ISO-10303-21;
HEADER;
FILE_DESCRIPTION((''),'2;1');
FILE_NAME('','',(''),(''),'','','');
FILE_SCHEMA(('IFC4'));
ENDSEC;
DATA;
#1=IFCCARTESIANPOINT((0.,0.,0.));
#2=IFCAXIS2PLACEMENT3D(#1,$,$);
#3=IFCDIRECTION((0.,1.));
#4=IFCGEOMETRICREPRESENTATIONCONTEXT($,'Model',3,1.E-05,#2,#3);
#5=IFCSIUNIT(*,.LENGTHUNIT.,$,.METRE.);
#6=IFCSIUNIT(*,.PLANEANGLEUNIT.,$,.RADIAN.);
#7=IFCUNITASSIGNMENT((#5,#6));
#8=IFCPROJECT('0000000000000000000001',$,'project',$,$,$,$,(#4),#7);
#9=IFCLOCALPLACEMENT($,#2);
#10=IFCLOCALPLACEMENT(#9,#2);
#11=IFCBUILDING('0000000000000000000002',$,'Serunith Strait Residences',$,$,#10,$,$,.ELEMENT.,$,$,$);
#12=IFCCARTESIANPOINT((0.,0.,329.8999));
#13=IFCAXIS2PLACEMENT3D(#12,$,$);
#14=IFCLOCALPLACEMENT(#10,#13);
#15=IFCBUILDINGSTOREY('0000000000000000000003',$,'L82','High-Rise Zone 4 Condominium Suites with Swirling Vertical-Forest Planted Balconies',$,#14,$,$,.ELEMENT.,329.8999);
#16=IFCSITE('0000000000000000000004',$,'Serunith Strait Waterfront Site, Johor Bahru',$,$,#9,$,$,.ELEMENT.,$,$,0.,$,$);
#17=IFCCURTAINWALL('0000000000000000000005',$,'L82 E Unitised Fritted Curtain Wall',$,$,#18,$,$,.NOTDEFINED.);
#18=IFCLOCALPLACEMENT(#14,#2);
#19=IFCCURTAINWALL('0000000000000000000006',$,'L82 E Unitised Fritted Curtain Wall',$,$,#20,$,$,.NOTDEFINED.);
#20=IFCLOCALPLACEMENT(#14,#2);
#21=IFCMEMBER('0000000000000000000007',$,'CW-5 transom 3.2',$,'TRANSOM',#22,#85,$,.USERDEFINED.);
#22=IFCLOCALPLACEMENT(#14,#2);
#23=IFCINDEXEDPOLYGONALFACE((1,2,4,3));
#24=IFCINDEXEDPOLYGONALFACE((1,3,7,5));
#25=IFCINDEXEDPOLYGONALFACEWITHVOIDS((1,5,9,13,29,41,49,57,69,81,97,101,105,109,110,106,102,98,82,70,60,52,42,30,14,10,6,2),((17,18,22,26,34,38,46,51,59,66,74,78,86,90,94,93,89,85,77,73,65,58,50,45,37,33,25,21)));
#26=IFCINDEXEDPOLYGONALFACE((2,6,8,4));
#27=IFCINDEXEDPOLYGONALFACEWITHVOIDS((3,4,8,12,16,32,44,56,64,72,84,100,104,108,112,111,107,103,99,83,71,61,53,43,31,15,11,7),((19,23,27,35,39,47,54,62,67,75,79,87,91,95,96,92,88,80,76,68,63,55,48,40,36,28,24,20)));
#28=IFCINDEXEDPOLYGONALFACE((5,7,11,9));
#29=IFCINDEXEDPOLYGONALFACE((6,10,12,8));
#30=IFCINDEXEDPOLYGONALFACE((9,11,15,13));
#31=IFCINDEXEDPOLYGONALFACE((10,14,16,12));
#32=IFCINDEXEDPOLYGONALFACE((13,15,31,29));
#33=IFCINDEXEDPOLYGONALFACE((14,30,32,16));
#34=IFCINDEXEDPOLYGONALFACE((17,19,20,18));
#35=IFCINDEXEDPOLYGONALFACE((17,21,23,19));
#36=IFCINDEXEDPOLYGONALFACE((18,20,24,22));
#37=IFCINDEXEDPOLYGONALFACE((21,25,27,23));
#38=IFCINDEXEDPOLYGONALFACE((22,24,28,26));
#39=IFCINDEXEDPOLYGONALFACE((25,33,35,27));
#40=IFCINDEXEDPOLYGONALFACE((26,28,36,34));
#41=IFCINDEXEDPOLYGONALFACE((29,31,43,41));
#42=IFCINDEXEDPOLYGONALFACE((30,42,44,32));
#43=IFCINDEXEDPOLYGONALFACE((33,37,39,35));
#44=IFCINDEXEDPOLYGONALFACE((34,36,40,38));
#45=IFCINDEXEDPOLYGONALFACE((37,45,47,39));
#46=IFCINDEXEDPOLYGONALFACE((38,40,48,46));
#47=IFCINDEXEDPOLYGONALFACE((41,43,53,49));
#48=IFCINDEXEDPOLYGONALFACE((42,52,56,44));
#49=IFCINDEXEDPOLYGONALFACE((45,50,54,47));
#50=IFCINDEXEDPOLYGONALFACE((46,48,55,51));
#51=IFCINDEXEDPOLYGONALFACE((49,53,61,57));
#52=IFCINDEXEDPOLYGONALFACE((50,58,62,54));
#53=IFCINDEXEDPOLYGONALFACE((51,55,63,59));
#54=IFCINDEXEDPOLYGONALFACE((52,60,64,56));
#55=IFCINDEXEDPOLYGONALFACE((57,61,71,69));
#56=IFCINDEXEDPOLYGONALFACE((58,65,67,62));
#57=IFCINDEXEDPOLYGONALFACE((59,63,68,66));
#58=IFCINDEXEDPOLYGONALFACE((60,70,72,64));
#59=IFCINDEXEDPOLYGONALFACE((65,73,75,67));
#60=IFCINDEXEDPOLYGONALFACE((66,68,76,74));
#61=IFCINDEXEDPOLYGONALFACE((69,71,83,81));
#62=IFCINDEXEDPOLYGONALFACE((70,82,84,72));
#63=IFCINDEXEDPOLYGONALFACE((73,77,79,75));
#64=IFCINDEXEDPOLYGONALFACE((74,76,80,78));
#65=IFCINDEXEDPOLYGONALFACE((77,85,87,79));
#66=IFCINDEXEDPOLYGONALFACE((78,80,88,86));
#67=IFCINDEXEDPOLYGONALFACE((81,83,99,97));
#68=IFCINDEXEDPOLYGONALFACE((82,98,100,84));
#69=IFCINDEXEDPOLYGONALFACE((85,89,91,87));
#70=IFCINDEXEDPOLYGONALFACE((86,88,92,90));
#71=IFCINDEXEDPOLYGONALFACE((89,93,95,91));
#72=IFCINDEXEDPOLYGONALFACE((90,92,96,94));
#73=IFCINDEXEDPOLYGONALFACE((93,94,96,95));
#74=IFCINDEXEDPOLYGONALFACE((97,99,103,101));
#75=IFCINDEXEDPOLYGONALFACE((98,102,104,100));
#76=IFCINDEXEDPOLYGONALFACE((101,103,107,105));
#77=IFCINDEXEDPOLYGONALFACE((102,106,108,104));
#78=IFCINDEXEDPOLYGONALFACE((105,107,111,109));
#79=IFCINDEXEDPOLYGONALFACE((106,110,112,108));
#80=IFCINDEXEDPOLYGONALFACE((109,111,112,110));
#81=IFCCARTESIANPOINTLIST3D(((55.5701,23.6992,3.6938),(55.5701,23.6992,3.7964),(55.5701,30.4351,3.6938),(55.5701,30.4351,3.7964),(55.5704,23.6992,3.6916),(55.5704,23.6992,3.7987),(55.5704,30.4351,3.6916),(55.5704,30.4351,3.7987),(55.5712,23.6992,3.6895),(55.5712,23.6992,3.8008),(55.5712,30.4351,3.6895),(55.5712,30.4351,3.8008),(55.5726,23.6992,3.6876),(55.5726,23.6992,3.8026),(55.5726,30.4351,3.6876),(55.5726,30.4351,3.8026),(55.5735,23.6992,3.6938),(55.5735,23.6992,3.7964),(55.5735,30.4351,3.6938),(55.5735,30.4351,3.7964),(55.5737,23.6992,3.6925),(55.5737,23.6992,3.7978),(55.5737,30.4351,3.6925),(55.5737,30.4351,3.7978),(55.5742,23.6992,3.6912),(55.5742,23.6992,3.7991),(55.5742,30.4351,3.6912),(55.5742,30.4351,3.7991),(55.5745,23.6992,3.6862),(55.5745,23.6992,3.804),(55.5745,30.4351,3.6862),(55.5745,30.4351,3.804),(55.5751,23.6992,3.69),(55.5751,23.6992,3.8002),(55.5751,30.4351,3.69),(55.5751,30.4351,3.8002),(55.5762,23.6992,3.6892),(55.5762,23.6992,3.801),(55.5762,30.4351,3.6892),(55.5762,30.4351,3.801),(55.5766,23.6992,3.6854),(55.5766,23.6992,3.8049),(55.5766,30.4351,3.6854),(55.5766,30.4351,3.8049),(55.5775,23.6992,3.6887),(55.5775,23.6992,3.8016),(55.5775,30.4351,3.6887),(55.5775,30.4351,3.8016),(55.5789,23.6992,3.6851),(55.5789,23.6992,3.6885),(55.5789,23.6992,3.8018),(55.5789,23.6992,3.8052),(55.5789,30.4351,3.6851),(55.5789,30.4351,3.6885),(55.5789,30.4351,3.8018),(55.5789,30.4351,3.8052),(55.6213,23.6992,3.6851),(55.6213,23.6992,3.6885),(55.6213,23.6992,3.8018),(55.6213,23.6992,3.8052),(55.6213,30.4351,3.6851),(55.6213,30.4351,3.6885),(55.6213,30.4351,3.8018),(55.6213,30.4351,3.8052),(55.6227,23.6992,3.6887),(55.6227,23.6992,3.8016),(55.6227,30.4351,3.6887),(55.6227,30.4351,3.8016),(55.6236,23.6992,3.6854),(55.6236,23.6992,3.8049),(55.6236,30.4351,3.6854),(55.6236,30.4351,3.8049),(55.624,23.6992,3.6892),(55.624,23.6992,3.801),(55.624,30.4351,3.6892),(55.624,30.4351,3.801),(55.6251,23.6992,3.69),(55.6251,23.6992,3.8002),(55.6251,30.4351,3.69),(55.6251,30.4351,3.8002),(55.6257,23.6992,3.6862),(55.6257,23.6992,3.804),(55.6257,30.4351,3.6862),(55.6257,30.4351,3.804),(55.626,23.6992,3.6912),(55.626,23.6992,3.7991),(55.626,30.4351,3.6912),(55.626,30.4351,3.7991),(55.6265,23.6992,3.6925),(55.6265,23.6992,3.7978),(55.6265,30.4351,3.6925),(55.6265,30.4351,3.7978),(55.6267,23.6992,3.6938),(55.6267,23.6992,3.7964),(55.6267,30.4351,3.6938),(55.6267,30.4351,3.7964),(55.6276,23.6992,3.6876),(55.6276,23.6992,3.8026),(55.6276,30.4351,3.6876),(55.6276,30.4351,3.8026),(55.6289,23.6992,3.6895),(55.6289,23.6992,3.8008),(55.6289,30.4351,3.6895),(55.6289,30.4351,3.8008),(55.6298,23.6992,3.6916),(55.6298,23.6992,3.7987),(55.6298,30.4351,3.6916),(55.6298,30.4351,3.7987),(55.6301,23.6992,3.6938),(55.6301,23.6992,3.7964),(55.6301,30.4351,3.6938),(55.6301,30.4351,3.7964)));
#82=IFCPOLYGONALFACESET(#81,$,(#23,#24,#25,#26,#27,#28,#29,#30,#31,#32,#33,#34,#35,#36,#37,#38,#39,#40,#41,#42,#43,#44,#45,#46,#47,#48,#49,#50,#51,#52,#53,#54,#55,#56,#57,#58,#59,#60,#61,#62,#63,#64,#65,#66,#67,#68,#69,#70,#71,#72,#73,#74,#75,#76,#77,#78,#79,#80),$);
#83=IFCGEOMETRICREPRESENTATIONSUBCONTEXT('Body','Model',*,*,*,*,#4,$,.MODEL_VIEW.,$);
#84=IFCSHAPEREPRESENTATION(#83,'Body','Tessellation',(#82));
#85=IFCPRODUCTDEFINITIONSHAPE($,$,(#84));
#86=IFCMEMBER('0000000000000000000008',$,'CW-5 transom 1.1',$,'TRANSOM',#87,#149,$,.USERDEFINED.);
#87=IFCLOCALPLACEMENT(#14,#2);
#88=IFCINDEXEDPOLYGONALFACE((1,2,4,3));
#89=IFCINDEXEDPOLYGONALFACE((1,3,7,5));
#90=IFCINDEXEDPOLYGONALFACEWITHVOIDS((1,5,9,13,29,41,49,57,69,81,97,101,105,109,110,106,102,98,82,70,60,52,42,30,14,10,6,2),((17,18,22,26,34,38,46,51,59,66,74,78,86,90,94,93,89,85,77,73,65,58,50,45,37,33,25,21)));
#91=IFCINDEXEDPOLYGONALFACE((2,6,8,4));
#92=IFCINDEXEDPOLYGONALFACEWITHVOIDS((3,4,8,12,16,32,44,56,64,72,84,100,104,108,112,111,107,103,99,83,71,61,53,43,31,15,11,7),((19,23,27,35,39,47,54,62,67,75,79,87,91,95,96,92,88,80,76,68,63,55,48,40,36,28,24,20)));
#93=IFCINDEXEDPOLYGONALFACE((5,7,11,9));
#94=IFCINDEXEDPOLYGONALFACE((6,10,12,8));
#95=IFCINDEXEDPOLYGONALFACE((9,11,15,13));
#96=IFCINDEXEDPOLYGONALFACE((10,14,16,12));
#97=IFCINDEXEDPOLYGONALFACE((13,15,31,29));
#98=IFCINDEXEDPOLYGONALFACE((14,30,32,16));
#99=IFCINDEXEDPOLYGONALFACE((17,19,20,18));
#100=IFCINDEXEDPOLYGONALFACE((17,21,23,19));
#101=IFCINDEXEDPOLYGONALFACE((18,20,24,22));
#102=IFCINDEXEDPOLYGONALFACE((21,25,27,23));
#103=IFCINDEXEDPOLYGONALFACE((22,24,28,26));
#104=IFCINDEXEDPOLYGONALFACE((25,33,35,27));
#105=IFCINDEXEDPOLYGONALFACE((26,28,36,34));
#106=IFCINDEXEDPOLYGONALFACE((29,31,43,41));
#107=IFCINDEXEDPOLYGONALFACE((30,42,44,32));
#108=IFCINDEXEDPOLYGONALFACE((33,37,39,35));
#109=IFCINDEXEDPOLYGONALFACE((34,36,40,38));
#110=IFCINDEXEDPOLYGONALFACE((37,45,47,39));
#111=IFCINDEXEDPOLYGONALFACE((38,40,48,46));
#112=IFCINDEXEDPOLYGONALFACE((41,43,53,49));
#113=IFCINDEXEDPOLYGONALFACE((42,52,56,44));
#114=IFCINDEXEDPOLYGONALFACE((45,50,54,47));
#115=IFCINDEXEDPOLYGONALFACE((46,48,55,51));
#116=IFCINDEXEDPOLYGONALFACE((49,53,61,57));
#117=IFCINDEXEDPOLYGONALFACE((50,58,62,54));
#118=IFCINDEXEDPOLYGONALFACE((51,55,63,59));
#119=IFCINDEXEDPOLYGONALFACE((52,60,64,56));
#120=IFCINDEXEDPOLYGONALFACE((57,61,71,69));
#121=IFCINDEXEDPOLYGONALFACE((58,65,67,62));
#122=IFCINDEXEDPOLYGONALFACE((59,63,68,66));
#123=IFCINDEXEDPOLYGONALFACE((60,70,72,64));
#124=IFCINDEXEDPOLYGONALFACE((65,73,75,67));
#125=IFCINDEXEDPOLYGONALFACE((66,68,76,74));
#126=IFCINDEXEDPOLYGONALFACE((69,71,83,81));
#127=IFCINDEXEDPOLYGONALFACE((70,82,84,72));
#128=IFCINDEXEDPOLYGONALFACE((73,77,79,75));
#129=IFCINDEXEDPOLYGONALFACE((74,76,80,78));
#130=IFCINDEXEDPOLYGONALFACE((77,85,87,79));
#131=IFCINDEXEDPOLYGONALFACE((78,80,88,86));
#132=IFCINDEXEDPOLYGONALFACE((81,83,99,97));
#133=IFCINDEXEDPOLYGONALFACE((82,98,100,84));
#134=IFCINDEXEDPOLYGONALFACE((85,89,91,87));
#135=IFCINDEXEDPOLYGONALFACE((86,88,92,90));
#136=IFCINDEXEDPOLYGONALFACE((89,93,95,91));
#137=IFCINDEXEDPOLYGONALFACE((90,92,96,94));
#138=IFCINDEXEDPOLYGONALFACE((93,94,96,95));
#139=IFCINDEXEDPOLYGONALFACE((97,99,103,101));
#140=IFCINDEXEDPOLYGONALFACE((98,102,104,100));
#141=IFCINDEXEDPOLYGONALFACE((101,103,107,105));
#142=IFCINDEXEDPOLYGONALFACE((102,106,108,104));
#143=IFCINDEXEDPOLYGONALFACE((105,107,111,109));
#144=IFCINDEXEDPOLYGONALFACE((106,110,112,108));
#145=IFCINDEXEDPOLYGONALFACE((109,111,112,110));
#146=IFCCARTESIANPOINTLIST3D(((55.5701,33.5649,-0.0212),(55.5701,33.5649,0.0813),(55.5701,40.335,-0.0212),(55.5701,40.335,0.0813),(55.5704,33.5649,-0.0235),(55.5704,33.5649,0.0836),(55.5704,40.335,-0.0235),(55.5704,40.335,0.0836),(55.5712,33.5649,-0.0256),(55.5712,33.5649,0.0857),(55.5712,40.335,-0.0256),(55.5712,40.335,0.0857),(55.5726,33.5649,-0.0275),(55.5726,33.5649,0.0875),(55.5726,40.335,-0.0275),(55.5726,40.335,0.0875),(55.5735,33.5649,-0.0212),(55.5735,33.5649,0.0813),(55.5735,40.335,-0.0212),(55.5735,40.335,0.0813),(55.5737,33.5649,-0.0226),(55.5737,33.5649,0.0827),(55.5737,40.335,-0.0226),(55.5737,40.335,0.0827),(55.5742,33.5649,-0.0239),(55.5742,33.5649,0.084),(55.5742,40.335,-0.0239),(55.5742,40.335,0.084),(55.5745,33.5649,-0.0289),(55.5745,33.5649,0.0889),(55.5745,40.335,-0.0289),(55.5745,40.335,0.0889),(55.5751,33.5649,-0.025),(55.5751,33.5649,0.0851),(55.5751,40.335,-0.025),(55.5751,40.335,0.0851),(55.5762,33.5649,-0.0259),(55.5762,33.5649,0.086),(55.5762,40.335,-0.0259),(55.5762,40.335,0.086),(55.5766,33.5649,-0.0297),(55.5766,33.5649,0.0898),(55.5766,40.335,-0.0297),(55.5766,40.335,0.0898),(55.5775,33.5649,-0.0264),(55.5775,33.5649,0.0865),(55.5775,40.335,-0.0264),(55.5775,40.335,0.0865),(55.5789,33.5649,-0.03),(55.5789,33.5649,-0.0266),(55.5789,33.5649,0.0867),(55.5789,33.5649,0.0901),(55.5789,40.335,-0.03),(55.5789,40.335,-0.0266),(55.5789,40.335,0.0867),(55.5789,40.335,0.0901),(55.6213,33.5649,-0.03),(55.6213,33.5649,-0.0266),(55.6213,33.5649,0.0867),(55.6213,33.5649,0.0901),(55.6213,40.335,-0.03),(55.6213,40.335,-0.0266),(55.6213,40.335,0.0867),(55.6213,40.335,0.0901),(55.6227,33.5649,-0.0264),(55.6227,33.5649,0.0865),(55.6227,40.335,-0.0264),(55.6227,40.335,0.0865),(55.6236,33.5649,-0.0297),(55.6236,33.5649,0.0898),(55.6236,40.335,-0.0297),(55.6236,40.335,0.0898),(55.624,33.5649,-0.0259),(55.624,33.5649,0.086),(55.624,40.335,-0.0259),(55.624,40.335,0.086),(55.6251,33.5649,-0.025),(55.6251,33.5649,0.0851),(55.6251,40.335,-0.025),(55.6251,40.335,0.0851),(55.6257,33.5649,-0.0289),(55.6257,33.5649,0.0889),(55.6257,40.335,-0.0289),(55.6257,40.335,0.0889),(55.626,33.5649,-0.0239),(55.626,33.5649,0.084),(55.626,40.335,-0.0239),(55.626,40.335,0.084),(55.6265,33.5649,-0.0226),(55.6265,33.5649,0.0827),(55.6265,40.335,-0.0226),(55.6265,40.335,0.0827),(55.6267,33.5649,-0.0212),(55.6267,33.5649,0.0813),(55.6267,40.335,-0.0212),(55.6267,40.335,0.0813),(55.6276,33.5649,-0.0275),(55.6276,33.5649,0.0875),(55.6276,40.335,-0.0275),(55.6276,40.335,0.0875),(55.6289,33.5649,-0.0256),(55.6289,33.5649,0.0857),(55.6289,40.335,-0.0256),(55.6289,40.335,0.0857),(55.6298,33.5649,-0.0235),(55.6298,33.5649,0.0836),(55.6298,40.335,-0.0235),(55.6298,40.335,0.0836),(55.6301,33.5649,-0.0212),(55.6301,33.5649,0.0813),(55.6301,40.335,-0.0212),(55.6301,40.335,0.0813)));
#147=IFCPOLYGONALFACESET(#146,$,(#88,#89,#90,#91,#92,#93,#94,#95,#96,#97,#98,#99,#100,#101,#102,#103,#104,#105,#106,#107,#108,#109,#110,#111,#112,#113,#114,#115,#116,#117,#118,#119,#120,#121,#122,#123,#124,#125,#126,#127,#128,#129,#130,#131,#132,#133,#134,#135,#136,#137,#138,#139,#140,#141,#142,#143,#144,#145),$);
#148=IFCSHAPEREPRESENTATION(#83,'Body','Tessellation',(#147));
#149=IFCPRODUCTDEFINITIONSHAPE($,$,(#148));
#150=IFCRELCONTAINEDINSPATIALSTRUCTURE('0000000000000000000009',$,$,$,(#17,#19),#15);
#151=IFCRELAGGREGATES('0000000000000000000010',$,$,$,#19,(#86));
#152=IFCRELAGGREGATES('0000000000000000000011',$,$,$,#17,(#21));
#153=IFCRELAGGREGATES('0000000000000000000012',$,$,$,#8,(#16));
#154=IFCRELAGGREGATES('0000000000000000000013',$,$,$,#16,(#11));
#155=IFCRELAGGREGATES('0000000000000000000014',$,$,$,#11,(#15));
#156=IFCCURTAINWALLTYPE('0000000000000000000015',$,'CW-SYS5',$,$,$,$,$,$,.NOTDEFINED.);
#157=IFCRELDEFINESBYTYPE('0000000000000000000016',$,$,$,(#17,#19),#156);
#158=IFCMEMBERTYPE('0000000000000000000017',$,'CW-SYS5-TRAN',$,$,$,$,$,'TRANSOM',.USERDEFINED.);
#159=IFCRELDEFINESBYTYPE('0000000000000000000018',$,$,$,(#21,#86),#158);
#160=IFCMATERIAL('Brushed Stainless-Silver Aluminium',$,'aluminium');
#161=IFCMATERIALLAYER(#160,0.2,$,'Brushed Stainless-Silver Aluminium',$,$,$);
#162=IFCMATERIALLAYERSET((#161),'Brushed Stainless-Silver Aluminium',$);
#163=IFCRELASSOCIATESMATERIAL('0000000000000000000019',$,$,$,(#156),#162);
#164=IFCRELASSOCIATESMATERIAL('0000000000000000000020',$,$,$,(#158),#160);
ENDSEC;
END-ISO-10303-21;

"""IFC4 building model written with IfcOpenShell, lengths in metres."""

from ifc_helpers import new_model, si_unit, direction, frame, origin, origin_2d, place, context, subcontext, project, spatial, hollow_rectangle, extrude, source, transform, mapped, material, layer, layer_set, material_profile, profile_set, type_object, element, aggregate, save


model = new_model("IFC4")

# Units and contexts
model_context = context("Model", 3, precision=1e-05, world=origin(), true_north=direction((0.0, 1.0)))
body_context = subcontext(model_context, "Body", "Model", "MODEL_VIEW")
ifc_project = project(units=[si_unit("LENGTHUNIT", "METRE"), si_unit("PLANEANGLEUNIT", "RADIAN")], contexts=[model_context])

# Site, building, storey
site_placement = place(None, origin())
site = spatial("IfcSite", under=ifc_project, at=site_placement, Name="Serunith Strait Waterfront Site, Johor Bahru", CompositionType="ELEMENT", RefElevation=0.0)
building_placement = place(site_placement, origin())
building = spatial("IfcBuilding", under=site, at=building_placement, Name="Serunith Strait Residences", CompositionType="ELEMENT")
storey_placement = place(building_placement, frame((0.0, 0.0, 329.8999)))
storey = spatial("IfcBuildingStorey", under=building, at=storey_placement, Name="L82", Description="High-Rise Zone 4 Condominium Suites with Swirling Vertical-Forest Planted Balconies", CompositionType="ELEMENT", Elevation=329.8999)

# Curtain wall
ifc_material_1 = material(Name="Brushed Stainless-Silver Aluminium", Category="aluminium")
ifc_layer_1 = layer(ifc_material_1, 0.2, Name="Brushed Stainless-Silver Aluminium")
ifc_layer_set_1 = layer_set([ifc_layer_1], Name="Brushed Stainless-Silver Aluminium")
curtain_wall_type = type_object("IfcCurtainWallType", Name="CW-SYS5", PredefinedType="NOTDEFINED", material=ifc_layer_set_1)
curtain_wall_1_placement = place(storey_placement, origin())
curtain_wall_1 = element("IfcCurtainWall", 1, at=curtain_wall_1_placement, inside=storey, type_object=curtain_wall_type, Name="L82 E Unitised Fritted Curtain Wall", PredefinedType="NOTDEFINED")

# Curtain wall
curtain_wall_2_placement = place(storey_placement, origin())
curtain_wall_2 = element("IfcCurtainWall", 2, at=curtain_wall_2_placement, inside=storey, type_object=curtain_wall_type, Name="L82 E Unitised Fritted Curtain Wall", PredefinedType="NOTDEFINED")

# Members
ifc_material_profile_1 = material_profile(ifc_material_1, hollow_rectangle(XDim=0.0601, YDim=0.1201, WallThickness=0.0034, InnerFilletRadius=0.0054, OuterFilletRadius=0.0088, at=origin_2d()), Name="ALU 120x60x3.5")
ifc_profile_set_1 = profile_set([ifc_material_profile_1], Name="Brushed Stainless-Silver Aluminium")
member_type_1 = type_object("IfcMemberType", Name="CW-SYS5-TRAN", ElementType="TRANSOM", PredefinedType="USERDEFINED", material=ifc_profile_set_1)
shared_shape_1 = source(origin(), body_context, "Body", "SweptSolid", [
    extrude(hollow_rectangle(XDim=0.0601, YDim=0.1201, WallThickness=0.0034, InnerFilletRadius=0.0054, OuterFilletRadius=0.0088, at=origin_2d()), origin(), (0.0, 0.0, 1.0), 6.7358),
])
member_1_placement = place(storey_placement, frame((55.6001, 23.6992, 3.7451), z_axis=(0.0, 1.0, 0.0), x_axis=(-1.0, 0.0, 0.0)))
member_1 = element("IfcMember", 3, at=member_1_placement, type_object=member_type_1, Name="CW-5 transom 3.2", ObjectType="TRANSOM", PredefinedType="USERDEFINED", context=body_context, shape_type="MappedRepresentation", body=[
    mapped(shared_shape_1, transform((0.0, 0.0, 0.0), scale=1.0)),
])
shared_shape_2 = source(origin(), body_context, "Body", "SweptSolid", [
    extrude(hollow_rectangle(XDim=0.0601, YDim=0.1201, WallThickness=0.0034, InnerFilletRadius=0.0054, OuterFilletRadius=0.0088, at=origin_2d()), origin(), (0.0, 0.0, 1.0), 6.77),
])
member_2_placement = place(storey_placement, frame((55.6001, 33.5649, 0.03), z_axis=(0.0, 1.0, 0.0), x_axis=(-1.0, 0.0, 0.0)))
member_2 = element("IfcMember", 4, at=member_2_placement, type_object=member_type_1, Name="CW-5 transom 1.1", ObjectType="TRANSOM", PredefinedType="USERDEFINED", context=body_context, shape_type="MappedRepresentation", body=[
    mapped(shared_shape_2, transform((0.0, 0.0, 0.0), scale=1.0)),
])
aggregate(curtain_wall_2, [member_2])

aggregate(curtain_wall_1, [member_1])

save(model, "model.ifc")
